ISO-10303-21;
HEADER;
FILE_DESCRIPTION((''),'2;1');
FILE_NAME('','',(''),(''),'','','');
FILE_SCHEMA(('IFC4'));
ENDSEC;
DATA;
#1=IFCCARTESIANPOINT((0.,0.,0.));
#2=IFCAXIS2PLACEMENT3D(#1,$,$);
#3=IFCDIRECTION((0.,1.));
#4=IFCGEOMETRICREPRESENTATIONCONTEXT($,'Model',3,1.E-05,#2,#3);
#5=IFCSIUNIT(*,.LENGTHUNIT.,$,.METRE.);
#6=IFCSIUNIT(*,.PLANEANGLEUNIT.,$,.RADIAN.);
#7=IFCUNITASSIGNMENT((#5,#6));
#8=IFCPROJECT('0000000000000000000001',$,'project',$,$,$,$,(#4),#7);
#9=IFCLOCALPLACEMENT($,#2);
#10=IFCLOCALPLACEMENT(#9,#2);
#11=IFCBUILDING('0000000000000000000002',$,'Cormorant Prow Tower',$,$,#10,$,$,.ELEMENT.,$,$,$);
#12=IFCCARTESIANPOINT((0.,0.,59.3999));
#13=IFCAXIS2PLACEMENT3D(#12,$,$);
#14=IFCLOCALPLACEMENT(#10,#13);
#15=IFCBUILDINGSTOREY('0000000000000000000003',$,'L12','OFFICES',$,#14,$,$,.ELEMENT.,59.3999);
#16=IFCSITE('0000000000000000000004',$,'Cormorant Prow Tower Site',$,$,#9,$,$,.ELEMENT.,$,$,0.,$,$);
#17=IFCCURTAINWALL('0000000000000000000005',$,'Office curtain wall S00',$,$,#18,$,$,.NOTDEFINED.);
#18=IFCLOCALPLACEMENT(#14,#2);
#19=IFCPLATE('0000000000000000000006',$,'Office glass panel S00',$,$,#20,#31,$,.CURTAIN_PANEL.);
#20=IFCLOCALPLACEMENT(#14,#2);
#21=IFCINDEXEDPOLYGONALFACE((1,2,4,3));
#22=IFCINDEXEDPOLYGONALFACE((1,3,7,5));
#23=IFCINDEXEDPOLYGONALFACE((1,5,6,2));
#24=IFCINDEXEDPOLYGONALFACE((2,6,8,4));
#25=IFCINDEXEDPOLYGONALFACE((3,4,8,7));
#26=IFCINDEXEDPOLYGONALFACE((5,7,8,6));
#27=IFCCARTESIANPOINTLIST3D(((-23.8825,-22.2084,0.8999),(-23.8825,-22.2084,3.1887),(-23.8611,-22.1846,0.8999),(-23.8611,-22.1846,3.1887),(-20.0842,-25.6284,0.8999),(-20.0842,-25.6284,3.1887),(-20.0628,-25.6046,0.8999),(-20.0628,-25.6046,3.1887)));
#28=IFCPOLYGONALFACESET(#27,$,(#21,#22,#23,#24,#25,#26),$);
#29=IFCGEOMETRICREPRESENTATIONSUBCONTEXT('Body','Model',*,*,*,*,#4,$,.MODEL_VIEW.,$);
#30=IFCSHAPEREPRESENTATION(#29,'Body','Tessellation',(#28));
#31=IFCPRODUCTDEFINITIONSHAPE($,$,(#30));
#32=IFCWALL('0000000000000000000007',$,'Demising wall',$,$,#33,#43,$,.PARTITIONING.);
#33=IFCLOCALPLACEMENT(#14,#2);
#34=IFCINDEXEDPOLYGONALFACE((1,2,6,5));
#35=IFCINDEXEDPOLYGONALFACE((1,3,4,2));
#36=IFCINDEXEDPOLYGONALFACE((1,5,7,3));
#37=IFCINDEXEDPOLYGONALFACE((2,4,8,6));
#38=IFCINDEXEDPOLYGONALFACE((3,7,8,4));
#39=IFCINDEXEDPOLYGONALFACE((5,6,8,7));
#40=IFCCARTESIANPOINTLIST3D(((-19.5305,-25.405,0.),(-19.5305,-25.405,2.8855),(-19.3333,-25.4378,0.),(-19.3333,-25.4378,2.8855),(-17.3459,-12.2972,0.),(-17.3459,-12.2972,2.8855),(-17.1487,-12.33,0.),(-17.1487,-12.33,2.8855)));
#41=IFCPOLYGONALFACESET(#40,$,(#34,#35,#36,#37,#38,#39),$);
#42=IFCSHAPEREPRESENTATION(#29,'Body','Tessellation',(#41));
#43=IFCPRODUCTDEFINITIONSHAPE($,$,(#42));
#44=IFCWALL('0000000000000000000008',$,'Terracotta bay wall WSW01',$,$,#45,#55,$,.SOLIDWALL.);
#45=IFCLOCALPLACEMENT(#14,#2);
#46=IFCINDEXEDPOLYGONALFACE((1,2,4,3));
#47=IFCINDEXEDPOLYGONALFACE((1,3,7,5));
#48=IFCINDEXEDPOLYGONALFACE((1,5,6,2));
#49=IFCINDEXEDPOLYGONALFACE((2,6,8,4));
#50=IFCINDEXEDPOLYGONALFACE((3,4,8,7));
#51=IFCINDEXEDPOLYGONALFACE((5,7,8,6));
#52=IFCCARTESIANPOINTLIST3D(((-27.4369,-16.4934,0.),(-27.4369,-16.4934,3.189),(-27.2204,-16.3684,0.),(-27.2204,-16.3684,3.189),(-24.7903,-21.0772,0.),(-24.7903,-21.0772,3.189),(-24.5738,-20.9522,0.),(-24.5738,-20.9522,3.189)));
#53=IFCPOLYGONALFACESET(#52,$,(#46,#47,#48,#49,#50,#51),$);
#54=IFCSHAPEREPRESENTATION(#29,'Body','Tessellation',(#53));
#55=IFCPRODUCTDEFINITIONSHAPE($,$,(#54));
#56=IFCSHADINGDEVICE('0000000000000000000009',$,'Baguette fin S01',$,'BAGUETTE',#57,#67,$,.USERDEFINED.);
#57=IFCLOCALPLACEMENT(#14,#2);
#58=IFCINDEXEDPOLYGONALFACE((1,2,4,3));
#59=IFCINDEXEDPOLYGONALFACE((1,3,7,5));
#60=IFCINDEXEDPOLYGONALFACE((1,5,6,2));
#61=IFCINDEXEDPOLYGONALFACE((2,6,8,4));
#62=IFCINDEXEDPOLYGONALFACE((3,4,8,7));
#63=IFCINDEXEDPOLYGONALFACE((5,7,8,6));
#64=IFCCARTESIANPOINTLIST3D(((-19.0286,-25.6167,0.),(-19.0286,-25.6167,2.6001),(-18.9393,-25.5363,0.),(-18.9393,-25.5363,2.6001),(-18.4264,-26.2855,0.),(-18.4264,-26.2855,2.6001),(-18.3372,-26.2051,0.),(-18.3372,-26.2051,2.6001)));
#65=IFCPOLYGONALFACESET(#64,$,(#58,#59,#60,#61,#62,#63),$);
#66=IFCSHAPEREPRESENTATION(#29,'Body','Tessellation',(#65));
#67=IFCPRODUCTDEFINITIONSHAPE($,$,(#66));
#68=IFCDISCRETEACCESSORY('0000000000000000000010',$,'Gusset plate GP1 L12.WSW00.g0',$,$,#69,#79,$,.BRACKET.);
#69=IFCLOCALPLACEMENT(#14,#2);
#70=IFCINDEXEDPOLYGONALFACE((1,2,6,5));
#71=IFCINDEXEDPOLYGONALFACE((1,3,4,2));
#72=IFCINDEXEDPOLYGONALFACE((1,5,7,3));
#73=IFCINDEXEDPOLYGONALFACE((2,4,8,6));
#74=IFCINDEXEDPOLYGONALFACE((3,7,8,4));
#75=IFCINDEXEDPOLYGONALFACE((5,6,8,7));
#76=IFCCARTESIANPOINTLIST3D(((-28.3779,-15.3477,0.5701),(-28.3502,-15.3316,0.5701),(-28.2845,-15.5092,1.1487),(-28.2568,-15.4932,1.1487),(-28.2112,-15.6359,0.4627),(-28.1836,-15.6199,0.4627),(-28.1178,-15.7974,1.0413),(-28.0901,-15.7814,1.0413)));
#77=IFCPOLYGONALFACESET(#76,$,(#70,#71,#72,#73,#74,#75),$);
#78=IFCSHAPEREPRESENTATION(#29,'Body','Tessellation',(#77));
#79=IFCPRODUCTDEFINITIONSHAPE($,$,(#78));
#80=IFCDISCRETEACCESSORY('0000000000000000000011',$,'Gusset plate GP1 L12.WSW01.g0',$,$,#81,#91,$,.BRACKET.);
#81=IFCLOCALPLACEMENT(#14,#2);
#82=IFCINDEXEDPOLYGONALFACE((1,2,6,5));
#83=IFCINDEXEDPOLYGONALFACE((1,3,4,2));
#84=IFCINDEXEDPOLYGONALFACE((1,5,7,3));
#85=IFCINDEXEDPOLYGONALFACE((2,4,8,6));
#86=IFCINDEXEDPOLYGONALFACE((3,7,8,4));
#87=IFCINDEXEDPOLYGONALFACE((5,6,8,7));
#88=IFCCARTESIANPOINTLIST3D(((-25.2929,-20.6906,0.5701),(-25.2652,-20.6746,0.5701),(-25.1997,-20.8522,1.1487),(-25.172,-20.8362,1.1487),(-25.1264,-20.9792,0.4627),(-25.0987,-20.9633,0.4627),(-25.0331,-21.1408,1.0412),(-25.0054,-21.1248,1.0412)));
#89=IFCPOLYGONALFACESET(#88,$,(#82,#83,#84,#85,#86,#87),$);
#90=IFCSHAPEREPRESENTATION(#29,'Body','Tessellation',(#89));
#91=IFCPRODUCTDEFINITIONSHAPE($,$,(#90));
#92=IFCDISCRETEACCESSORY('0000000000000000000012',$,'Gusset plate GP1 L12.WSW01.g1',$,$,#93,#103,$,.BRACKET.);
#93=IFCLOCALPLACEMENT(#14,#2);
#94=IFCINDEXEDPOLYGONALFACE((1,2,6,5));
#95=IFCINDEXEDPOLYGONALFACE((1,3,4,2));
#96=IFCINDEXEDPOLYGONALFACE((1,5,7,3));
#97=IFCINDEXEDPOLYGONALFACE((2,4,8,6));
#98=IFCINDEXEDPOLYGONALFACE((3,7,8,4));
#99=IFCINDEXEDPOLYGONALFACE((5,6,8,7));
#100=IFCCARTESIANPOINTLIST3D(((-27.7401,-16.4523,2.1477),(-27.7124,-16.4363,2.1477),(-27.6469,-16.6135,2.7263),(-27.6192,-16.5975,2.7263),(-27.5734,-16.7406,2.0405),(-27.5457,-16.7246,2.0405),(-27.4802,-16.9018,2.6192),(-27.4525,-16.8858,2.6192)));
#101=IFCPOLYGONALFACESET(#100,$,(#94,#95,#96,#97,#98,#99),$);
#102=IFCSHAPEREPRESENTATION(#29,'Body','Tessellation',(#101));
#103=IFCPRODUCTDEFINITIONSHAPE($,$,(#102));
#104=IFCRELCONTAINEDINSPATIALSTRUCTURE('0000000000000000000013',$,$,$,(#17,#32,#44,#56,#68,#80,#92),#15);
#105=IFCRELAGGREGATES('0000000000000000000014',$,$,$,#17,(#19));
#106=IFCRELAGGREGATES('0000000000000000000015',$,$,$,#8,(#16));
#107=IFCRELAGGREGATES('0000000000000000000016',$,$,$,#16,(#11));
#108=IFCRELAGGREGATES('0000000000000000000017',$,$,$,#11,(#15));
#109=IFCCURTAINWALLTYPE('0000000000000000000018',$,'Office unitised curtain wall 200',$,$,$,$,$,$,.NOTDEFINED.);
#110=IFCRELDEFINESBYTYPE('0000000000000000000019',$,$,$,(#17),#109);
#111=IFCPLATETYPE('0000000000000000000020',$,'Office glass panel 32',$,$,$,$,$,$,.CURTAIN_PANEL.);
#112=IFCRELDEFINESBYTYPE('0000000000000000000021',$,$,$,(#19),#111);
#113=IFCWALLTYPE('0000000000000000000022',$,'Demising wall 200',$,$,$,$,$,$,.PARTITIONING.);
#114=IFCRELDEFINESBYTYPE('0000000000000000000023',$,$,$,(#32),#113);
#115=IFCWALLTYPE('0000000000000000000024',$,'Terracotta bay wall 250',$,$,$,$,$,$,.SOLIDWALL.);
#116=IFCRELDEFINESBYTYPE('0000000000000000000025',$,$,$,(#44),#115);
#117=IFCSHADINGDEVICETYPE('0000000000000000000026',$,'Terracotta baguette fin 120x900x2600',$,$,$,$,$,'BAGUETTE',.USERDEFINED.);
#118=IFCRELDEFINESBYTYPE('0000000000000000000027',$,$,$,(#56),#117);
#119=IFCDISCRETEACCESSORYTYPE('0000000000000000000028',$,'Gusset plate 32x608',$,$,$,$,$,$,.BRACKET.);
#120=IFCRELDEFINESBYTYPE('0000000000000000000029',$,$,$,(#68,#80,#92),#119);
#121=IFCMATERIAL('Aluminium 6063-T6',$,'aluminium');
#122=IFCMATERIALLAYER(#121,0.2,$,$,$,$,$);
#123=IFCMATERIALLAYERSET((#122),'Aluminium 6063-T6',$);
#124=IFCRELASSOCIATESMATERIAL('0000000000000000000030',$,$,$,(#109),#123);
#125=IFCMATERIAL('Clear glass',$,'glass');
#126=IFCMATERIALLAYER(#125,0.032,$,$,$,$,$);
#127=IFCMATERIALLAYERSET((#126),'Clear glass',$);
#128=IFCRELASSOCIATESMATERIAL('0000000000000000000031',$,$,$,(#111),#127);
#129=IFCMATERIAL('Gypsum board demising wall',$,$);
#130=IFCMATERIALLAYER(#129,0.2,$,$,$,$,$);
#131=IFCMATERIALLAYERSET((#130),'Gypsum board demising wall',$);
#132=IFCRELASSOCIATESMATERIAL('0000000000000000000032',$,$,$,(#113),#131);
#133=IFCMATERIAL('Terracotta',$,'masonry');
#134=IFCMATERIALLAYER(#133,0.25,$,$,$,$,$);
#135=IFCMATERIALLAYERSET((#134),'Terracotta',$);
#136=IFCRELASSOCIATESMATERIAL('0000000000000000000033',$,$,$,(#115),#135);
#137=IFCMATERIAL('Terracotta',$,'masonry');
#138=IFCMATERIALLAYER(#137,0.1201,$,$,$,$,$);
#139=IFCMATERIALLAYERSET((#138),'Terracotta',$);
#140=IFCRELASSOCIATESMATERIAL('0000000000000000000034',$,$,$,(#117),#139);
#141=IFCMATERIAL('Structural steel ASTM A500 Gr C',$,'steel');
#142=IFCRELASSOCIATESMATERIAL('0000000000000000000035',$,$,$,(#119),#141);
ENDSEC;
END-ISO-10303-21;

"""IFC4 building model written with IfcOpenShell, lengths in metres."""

from ifc_helpers import new_model, si_unit, direction, frame, frame_2d, origin, origin_2d, place, context, subcontext, project, spatial, rectangle, extrude, material, layer, layer_set, material_profile, profile_set, type_object, element, aggregate, save


model = new_model("IFC4")

# Units and contexts
model_context = context("Model", 3, precision=1e-05, world=origin(), true_north=direction((0.0, 1.0)))
body_context = subcontext(model_context, "Body", "Model", "MODEL_VIEW")
ifc_project = project(units=[si_unit("LENGTHUNIT", "METRE"), si_unit("PLANEANGLEUNIT", "RADIAN")], contexts=[model_context])

# Site, building, storey
site_placement = place(None, origin())
site = spatial("IfcSite", under=ifc_project, at=site_placement, Name="Cormorant Prow Tower Site", CompositionType="ELEMENT", RefElevation=0.0)
building_placement = place(site_placement, origin())
building = spatial("IfcBuilding", under=site, at=building_placement, Name="Cormorant Prow Tower", CompositionType="ELEMENT")
storey_placement = place(building_placement, frame((0.0, 0.0, 59.3999)))
storey = spatial("IfcBuildingStorey", under=building, at=storey_placement, Name="L12", Description="OFFICES", CompositionType="ELEMENT", Elevation=59.3999)

# Curtain wall
ifc_material_1 = material(Name="Aluminium 6063-T6", Category="aluminium")
ifc_layer_1 = layer(ifc_material_1, 0.2)
ifc_layer_set_1 = layer_set([ifc_layer_1], Name="Aluminium 6063-T6")
curtain_wall_type = type_object("IfcCurtainWallType", Name="Office unitised curtain wall 200", PredefinedType="NOTDEFINED", material=ifc_layer_set_1)
curtain_wall_placement = place(storey_placement, origin())
curtain_wall = element("IfcCurtainWall", 1, at=curtain_wall_placement, inside=storey, type_object=curtain_wall_type, Name="Office curtain wall S00", PredefinedType="NOTDEFINED")

# Plate
ifc_material_2 = material(Name="Clear glass", Category="glass")
ifc_layer_2 = layer(ifc_material_2, 0.032)
ifc_layer_set_2 = layer_set([ifc_layer_2], Name="Clear glass")
plate_type = type_object("IfcPlateType", Name="Office glass panel 32", PredefinedType="CURTAIN_PANEL", material=ifc_layer_set_2)
plate_placement = place(storey_placement, frame((-21.9727, -23.9065, 0.8999), z_axis=(0.0, 0.0, 1.0), x_axis=(0.743145, -0.669131, 0.0)))
plate = element("IfcPlate", 2, at=plate_placement, type_object=plate_type, Name="Office glass panel S00", PredefinedType="CURTAIN_PANEL", context=body_context, shape_type="SweptSolid", body=[
    extrude(rectangle(XDim=5.1111, YDim=0.032, at=origin_2d()), origin(), (0.0, 0.0, 1.0), 2.2888),
])
aggregate(curtain_wall, [plate])

# Walls
ifc_material_3 = material(Name="Gypsum board demising wall")
ifc_layer_3 = layer(ifc_material_3, 0.2)
ifc_layer_set_3 = layer_set([ifc_layer_3], Name="Gypsum board demising wall")
wall_type_1 = type_object("IfcWallType", Name="Demising wall 200", PredefinedType="PARTITIONING", material=ifc_layer_set_3)
wall_1_placement = place(storey_placement, frame((-19.4319, -25.4214, 0.0), z_axis=(0.0, 0.0, 1.0), x_axis=(0.164396, 0.986394, 0.0)))
element("IfcWall", 3, at=wall_1_placement, inside=storey, type_object=wall_type_1, Name="Demising wall", PredefinedType="PARTITIONING", context=body_context, shape_type="SweptSolid", body=[
    extrude(rectangle(XDim=13.2886, YDim=0.2, at=frame_2d((6.6443, 0.0))), origin(), (0.0, 0.0, 1.0), 2.8855),
])
ifc_material_4 = material(Name="Terracotta", Category="masonry")
ifc_layer_4 = layer(ifc_material_4, 0.25)
ifc_layer_set_4 = layer_set([ifc_layer_4], Name="Terracotta")
wall_type_2 = type_object("IfcWallType", Name="Terracotta bay wall 250", PredefinedType="SOLIDWALL", material=ifc_layer_set_4)
wall_2_placement = place(storey_placement, frame((-27.3286, -16.4309, 0.0), z_axis=(0.0, 0.0, 1.0), x_axis=(0.500009, -0.86602, 0.0)))
element("IfcWall", 4, at=wall_2_placement, inside=storey, type_object=wall_type_2, Name="Terracotta bay wall WSW01", PredefinedType="SOLIDWALL", context=body_context, shape_type="SweptSolid", body=[
    extrude(rectangle(XDim=5.293, YDim=0.25, at=frame_2d((2.6465, 0.0))), origin(), (0.0, 0.0, 1.0), 3.189),
])

# Shading device
ifc_material_5 = material(Name="Terracotta", Category="masonry")
ifc_layer_5 = layer(ifc_material_5, 0.1201)
ifc_layer_set_5 = layer_set([ifc_layer_5], Name="Terracotta")
shading_device_type = type_object("IfcShadingDeviceType", Name="Terracotta baguette fin 120x900x2600", ElementType="BAGUETTE", PredefinedType="USERDEFINED", material=ifc_layer_set_5)
shading_device_placement = place(storey_placement, frame((-18.6829, -25.9109, 0.0), z_axis=(0.0, 0.0, 1.0), x_axis=(0.743145, 0.669131, 0.0)))
element("IfcShadingDevice", 5, at=shading_device_placement, inside=storey, type_object=shading_device_type, Name="Baguette fin S01", ObjectType="BAGUETTE", PredefinedType="USERDEFINED", context=body_context, shape_type="SweptSolid", body=[
    extrude(rectangle(XDim=0.1201, YDim=0.8999, at=origin_2d()), origin(), (0.0, 0.0, 1.0), 2.6001),
])

# Discrete accessories
ifc_material_6 = material(Name="Structural steel ASTM A500 Gr C", Category="steel")
ifc_material_profile_1 = material_profile(ifc_material_6, rectangle(XDim=0.032, YDim=0.6079, at=origin_2d()), Name="Gusset plate 32x608")
ifc_profile_set_1 = profile_set([ifc_material_profile_1], Name="Structural steel ASTM A500 Gr C")
discrete_accessory_type = type_object("IfcDiscreteAccessoryType", Name="Gusset plate 32x608", PredefinedType="BRACKET", material=ifc_profile_set_1)
discrete_accessory_1_placement = place(storey_placement, frame((-28.3174, -15.4204, 0.8594), z_axis=(0.476465, -0.823872, -0.306946), x_axis=(0.86566, 0.500632, 0.0)))
element("IfcDiscreteAccessory", 6, at=discrete_accessory_1_placement, inside=storey, type_object=discrete_accessory_type, Name="Gusset plate GP1 L12.WSW00.g0", PredefinedType="BRACKET", context=body_context, shape_type="SweptSolid", body=[
    extrude(rectangle(XDim=0.032, YDim=0.6079, at=origin_2d()), origin(), (0.0, 0.0, 1.0), 0.3499),
])
discrete_accessory_2_placement = place(storey_placement, frame((-25.2324, -20.7634, 0.8594), z_axis=(0.475652, -0.82437, -0.306872), x_axis=(0.866161, 0.499765, 0.0)))
element("IfcDiscreteAccessory", 7, at=discrete_accessory_2_placement, inside=storey, type_object=discrete_accessory_type, Name="Gusset plate GP1 L12.WSW01.g0", PredefinedType="BRACKET", context=body_context, shape_type="SweptSolid", body=[
    extrude(rectangle(XDim=0.032, YDim=0.6079, at=origin_2d()), origin(), (0.0, 0.0, 1.0), 0.3501),
])
discrete_accessory_3_placement = place(storey_placement, frame((-27.5129, -16.8132, 2.3298), z_axis=(-0.476567, 0.824048, 0.306314), x_axis=(-0.86566, -0.500632, 0.0)))
element("IfcDiscreteAccessory", 8, at=discrete_accessory_3_placement, inside=storey, type_object=discrete_accessory_type, Name="Gusset plate GP1 L12.WSW01.g1", PredefinedType="BRACKET", context=body_context, shape_type="SweptSolid", body=[
    extrude(rectangle(XDim=0.032, YDim=0.6079, at=origin_2d()), origin(), (0.0, 0.0, 1.0), 0.3499),
])

save(model, "model.ifc")
